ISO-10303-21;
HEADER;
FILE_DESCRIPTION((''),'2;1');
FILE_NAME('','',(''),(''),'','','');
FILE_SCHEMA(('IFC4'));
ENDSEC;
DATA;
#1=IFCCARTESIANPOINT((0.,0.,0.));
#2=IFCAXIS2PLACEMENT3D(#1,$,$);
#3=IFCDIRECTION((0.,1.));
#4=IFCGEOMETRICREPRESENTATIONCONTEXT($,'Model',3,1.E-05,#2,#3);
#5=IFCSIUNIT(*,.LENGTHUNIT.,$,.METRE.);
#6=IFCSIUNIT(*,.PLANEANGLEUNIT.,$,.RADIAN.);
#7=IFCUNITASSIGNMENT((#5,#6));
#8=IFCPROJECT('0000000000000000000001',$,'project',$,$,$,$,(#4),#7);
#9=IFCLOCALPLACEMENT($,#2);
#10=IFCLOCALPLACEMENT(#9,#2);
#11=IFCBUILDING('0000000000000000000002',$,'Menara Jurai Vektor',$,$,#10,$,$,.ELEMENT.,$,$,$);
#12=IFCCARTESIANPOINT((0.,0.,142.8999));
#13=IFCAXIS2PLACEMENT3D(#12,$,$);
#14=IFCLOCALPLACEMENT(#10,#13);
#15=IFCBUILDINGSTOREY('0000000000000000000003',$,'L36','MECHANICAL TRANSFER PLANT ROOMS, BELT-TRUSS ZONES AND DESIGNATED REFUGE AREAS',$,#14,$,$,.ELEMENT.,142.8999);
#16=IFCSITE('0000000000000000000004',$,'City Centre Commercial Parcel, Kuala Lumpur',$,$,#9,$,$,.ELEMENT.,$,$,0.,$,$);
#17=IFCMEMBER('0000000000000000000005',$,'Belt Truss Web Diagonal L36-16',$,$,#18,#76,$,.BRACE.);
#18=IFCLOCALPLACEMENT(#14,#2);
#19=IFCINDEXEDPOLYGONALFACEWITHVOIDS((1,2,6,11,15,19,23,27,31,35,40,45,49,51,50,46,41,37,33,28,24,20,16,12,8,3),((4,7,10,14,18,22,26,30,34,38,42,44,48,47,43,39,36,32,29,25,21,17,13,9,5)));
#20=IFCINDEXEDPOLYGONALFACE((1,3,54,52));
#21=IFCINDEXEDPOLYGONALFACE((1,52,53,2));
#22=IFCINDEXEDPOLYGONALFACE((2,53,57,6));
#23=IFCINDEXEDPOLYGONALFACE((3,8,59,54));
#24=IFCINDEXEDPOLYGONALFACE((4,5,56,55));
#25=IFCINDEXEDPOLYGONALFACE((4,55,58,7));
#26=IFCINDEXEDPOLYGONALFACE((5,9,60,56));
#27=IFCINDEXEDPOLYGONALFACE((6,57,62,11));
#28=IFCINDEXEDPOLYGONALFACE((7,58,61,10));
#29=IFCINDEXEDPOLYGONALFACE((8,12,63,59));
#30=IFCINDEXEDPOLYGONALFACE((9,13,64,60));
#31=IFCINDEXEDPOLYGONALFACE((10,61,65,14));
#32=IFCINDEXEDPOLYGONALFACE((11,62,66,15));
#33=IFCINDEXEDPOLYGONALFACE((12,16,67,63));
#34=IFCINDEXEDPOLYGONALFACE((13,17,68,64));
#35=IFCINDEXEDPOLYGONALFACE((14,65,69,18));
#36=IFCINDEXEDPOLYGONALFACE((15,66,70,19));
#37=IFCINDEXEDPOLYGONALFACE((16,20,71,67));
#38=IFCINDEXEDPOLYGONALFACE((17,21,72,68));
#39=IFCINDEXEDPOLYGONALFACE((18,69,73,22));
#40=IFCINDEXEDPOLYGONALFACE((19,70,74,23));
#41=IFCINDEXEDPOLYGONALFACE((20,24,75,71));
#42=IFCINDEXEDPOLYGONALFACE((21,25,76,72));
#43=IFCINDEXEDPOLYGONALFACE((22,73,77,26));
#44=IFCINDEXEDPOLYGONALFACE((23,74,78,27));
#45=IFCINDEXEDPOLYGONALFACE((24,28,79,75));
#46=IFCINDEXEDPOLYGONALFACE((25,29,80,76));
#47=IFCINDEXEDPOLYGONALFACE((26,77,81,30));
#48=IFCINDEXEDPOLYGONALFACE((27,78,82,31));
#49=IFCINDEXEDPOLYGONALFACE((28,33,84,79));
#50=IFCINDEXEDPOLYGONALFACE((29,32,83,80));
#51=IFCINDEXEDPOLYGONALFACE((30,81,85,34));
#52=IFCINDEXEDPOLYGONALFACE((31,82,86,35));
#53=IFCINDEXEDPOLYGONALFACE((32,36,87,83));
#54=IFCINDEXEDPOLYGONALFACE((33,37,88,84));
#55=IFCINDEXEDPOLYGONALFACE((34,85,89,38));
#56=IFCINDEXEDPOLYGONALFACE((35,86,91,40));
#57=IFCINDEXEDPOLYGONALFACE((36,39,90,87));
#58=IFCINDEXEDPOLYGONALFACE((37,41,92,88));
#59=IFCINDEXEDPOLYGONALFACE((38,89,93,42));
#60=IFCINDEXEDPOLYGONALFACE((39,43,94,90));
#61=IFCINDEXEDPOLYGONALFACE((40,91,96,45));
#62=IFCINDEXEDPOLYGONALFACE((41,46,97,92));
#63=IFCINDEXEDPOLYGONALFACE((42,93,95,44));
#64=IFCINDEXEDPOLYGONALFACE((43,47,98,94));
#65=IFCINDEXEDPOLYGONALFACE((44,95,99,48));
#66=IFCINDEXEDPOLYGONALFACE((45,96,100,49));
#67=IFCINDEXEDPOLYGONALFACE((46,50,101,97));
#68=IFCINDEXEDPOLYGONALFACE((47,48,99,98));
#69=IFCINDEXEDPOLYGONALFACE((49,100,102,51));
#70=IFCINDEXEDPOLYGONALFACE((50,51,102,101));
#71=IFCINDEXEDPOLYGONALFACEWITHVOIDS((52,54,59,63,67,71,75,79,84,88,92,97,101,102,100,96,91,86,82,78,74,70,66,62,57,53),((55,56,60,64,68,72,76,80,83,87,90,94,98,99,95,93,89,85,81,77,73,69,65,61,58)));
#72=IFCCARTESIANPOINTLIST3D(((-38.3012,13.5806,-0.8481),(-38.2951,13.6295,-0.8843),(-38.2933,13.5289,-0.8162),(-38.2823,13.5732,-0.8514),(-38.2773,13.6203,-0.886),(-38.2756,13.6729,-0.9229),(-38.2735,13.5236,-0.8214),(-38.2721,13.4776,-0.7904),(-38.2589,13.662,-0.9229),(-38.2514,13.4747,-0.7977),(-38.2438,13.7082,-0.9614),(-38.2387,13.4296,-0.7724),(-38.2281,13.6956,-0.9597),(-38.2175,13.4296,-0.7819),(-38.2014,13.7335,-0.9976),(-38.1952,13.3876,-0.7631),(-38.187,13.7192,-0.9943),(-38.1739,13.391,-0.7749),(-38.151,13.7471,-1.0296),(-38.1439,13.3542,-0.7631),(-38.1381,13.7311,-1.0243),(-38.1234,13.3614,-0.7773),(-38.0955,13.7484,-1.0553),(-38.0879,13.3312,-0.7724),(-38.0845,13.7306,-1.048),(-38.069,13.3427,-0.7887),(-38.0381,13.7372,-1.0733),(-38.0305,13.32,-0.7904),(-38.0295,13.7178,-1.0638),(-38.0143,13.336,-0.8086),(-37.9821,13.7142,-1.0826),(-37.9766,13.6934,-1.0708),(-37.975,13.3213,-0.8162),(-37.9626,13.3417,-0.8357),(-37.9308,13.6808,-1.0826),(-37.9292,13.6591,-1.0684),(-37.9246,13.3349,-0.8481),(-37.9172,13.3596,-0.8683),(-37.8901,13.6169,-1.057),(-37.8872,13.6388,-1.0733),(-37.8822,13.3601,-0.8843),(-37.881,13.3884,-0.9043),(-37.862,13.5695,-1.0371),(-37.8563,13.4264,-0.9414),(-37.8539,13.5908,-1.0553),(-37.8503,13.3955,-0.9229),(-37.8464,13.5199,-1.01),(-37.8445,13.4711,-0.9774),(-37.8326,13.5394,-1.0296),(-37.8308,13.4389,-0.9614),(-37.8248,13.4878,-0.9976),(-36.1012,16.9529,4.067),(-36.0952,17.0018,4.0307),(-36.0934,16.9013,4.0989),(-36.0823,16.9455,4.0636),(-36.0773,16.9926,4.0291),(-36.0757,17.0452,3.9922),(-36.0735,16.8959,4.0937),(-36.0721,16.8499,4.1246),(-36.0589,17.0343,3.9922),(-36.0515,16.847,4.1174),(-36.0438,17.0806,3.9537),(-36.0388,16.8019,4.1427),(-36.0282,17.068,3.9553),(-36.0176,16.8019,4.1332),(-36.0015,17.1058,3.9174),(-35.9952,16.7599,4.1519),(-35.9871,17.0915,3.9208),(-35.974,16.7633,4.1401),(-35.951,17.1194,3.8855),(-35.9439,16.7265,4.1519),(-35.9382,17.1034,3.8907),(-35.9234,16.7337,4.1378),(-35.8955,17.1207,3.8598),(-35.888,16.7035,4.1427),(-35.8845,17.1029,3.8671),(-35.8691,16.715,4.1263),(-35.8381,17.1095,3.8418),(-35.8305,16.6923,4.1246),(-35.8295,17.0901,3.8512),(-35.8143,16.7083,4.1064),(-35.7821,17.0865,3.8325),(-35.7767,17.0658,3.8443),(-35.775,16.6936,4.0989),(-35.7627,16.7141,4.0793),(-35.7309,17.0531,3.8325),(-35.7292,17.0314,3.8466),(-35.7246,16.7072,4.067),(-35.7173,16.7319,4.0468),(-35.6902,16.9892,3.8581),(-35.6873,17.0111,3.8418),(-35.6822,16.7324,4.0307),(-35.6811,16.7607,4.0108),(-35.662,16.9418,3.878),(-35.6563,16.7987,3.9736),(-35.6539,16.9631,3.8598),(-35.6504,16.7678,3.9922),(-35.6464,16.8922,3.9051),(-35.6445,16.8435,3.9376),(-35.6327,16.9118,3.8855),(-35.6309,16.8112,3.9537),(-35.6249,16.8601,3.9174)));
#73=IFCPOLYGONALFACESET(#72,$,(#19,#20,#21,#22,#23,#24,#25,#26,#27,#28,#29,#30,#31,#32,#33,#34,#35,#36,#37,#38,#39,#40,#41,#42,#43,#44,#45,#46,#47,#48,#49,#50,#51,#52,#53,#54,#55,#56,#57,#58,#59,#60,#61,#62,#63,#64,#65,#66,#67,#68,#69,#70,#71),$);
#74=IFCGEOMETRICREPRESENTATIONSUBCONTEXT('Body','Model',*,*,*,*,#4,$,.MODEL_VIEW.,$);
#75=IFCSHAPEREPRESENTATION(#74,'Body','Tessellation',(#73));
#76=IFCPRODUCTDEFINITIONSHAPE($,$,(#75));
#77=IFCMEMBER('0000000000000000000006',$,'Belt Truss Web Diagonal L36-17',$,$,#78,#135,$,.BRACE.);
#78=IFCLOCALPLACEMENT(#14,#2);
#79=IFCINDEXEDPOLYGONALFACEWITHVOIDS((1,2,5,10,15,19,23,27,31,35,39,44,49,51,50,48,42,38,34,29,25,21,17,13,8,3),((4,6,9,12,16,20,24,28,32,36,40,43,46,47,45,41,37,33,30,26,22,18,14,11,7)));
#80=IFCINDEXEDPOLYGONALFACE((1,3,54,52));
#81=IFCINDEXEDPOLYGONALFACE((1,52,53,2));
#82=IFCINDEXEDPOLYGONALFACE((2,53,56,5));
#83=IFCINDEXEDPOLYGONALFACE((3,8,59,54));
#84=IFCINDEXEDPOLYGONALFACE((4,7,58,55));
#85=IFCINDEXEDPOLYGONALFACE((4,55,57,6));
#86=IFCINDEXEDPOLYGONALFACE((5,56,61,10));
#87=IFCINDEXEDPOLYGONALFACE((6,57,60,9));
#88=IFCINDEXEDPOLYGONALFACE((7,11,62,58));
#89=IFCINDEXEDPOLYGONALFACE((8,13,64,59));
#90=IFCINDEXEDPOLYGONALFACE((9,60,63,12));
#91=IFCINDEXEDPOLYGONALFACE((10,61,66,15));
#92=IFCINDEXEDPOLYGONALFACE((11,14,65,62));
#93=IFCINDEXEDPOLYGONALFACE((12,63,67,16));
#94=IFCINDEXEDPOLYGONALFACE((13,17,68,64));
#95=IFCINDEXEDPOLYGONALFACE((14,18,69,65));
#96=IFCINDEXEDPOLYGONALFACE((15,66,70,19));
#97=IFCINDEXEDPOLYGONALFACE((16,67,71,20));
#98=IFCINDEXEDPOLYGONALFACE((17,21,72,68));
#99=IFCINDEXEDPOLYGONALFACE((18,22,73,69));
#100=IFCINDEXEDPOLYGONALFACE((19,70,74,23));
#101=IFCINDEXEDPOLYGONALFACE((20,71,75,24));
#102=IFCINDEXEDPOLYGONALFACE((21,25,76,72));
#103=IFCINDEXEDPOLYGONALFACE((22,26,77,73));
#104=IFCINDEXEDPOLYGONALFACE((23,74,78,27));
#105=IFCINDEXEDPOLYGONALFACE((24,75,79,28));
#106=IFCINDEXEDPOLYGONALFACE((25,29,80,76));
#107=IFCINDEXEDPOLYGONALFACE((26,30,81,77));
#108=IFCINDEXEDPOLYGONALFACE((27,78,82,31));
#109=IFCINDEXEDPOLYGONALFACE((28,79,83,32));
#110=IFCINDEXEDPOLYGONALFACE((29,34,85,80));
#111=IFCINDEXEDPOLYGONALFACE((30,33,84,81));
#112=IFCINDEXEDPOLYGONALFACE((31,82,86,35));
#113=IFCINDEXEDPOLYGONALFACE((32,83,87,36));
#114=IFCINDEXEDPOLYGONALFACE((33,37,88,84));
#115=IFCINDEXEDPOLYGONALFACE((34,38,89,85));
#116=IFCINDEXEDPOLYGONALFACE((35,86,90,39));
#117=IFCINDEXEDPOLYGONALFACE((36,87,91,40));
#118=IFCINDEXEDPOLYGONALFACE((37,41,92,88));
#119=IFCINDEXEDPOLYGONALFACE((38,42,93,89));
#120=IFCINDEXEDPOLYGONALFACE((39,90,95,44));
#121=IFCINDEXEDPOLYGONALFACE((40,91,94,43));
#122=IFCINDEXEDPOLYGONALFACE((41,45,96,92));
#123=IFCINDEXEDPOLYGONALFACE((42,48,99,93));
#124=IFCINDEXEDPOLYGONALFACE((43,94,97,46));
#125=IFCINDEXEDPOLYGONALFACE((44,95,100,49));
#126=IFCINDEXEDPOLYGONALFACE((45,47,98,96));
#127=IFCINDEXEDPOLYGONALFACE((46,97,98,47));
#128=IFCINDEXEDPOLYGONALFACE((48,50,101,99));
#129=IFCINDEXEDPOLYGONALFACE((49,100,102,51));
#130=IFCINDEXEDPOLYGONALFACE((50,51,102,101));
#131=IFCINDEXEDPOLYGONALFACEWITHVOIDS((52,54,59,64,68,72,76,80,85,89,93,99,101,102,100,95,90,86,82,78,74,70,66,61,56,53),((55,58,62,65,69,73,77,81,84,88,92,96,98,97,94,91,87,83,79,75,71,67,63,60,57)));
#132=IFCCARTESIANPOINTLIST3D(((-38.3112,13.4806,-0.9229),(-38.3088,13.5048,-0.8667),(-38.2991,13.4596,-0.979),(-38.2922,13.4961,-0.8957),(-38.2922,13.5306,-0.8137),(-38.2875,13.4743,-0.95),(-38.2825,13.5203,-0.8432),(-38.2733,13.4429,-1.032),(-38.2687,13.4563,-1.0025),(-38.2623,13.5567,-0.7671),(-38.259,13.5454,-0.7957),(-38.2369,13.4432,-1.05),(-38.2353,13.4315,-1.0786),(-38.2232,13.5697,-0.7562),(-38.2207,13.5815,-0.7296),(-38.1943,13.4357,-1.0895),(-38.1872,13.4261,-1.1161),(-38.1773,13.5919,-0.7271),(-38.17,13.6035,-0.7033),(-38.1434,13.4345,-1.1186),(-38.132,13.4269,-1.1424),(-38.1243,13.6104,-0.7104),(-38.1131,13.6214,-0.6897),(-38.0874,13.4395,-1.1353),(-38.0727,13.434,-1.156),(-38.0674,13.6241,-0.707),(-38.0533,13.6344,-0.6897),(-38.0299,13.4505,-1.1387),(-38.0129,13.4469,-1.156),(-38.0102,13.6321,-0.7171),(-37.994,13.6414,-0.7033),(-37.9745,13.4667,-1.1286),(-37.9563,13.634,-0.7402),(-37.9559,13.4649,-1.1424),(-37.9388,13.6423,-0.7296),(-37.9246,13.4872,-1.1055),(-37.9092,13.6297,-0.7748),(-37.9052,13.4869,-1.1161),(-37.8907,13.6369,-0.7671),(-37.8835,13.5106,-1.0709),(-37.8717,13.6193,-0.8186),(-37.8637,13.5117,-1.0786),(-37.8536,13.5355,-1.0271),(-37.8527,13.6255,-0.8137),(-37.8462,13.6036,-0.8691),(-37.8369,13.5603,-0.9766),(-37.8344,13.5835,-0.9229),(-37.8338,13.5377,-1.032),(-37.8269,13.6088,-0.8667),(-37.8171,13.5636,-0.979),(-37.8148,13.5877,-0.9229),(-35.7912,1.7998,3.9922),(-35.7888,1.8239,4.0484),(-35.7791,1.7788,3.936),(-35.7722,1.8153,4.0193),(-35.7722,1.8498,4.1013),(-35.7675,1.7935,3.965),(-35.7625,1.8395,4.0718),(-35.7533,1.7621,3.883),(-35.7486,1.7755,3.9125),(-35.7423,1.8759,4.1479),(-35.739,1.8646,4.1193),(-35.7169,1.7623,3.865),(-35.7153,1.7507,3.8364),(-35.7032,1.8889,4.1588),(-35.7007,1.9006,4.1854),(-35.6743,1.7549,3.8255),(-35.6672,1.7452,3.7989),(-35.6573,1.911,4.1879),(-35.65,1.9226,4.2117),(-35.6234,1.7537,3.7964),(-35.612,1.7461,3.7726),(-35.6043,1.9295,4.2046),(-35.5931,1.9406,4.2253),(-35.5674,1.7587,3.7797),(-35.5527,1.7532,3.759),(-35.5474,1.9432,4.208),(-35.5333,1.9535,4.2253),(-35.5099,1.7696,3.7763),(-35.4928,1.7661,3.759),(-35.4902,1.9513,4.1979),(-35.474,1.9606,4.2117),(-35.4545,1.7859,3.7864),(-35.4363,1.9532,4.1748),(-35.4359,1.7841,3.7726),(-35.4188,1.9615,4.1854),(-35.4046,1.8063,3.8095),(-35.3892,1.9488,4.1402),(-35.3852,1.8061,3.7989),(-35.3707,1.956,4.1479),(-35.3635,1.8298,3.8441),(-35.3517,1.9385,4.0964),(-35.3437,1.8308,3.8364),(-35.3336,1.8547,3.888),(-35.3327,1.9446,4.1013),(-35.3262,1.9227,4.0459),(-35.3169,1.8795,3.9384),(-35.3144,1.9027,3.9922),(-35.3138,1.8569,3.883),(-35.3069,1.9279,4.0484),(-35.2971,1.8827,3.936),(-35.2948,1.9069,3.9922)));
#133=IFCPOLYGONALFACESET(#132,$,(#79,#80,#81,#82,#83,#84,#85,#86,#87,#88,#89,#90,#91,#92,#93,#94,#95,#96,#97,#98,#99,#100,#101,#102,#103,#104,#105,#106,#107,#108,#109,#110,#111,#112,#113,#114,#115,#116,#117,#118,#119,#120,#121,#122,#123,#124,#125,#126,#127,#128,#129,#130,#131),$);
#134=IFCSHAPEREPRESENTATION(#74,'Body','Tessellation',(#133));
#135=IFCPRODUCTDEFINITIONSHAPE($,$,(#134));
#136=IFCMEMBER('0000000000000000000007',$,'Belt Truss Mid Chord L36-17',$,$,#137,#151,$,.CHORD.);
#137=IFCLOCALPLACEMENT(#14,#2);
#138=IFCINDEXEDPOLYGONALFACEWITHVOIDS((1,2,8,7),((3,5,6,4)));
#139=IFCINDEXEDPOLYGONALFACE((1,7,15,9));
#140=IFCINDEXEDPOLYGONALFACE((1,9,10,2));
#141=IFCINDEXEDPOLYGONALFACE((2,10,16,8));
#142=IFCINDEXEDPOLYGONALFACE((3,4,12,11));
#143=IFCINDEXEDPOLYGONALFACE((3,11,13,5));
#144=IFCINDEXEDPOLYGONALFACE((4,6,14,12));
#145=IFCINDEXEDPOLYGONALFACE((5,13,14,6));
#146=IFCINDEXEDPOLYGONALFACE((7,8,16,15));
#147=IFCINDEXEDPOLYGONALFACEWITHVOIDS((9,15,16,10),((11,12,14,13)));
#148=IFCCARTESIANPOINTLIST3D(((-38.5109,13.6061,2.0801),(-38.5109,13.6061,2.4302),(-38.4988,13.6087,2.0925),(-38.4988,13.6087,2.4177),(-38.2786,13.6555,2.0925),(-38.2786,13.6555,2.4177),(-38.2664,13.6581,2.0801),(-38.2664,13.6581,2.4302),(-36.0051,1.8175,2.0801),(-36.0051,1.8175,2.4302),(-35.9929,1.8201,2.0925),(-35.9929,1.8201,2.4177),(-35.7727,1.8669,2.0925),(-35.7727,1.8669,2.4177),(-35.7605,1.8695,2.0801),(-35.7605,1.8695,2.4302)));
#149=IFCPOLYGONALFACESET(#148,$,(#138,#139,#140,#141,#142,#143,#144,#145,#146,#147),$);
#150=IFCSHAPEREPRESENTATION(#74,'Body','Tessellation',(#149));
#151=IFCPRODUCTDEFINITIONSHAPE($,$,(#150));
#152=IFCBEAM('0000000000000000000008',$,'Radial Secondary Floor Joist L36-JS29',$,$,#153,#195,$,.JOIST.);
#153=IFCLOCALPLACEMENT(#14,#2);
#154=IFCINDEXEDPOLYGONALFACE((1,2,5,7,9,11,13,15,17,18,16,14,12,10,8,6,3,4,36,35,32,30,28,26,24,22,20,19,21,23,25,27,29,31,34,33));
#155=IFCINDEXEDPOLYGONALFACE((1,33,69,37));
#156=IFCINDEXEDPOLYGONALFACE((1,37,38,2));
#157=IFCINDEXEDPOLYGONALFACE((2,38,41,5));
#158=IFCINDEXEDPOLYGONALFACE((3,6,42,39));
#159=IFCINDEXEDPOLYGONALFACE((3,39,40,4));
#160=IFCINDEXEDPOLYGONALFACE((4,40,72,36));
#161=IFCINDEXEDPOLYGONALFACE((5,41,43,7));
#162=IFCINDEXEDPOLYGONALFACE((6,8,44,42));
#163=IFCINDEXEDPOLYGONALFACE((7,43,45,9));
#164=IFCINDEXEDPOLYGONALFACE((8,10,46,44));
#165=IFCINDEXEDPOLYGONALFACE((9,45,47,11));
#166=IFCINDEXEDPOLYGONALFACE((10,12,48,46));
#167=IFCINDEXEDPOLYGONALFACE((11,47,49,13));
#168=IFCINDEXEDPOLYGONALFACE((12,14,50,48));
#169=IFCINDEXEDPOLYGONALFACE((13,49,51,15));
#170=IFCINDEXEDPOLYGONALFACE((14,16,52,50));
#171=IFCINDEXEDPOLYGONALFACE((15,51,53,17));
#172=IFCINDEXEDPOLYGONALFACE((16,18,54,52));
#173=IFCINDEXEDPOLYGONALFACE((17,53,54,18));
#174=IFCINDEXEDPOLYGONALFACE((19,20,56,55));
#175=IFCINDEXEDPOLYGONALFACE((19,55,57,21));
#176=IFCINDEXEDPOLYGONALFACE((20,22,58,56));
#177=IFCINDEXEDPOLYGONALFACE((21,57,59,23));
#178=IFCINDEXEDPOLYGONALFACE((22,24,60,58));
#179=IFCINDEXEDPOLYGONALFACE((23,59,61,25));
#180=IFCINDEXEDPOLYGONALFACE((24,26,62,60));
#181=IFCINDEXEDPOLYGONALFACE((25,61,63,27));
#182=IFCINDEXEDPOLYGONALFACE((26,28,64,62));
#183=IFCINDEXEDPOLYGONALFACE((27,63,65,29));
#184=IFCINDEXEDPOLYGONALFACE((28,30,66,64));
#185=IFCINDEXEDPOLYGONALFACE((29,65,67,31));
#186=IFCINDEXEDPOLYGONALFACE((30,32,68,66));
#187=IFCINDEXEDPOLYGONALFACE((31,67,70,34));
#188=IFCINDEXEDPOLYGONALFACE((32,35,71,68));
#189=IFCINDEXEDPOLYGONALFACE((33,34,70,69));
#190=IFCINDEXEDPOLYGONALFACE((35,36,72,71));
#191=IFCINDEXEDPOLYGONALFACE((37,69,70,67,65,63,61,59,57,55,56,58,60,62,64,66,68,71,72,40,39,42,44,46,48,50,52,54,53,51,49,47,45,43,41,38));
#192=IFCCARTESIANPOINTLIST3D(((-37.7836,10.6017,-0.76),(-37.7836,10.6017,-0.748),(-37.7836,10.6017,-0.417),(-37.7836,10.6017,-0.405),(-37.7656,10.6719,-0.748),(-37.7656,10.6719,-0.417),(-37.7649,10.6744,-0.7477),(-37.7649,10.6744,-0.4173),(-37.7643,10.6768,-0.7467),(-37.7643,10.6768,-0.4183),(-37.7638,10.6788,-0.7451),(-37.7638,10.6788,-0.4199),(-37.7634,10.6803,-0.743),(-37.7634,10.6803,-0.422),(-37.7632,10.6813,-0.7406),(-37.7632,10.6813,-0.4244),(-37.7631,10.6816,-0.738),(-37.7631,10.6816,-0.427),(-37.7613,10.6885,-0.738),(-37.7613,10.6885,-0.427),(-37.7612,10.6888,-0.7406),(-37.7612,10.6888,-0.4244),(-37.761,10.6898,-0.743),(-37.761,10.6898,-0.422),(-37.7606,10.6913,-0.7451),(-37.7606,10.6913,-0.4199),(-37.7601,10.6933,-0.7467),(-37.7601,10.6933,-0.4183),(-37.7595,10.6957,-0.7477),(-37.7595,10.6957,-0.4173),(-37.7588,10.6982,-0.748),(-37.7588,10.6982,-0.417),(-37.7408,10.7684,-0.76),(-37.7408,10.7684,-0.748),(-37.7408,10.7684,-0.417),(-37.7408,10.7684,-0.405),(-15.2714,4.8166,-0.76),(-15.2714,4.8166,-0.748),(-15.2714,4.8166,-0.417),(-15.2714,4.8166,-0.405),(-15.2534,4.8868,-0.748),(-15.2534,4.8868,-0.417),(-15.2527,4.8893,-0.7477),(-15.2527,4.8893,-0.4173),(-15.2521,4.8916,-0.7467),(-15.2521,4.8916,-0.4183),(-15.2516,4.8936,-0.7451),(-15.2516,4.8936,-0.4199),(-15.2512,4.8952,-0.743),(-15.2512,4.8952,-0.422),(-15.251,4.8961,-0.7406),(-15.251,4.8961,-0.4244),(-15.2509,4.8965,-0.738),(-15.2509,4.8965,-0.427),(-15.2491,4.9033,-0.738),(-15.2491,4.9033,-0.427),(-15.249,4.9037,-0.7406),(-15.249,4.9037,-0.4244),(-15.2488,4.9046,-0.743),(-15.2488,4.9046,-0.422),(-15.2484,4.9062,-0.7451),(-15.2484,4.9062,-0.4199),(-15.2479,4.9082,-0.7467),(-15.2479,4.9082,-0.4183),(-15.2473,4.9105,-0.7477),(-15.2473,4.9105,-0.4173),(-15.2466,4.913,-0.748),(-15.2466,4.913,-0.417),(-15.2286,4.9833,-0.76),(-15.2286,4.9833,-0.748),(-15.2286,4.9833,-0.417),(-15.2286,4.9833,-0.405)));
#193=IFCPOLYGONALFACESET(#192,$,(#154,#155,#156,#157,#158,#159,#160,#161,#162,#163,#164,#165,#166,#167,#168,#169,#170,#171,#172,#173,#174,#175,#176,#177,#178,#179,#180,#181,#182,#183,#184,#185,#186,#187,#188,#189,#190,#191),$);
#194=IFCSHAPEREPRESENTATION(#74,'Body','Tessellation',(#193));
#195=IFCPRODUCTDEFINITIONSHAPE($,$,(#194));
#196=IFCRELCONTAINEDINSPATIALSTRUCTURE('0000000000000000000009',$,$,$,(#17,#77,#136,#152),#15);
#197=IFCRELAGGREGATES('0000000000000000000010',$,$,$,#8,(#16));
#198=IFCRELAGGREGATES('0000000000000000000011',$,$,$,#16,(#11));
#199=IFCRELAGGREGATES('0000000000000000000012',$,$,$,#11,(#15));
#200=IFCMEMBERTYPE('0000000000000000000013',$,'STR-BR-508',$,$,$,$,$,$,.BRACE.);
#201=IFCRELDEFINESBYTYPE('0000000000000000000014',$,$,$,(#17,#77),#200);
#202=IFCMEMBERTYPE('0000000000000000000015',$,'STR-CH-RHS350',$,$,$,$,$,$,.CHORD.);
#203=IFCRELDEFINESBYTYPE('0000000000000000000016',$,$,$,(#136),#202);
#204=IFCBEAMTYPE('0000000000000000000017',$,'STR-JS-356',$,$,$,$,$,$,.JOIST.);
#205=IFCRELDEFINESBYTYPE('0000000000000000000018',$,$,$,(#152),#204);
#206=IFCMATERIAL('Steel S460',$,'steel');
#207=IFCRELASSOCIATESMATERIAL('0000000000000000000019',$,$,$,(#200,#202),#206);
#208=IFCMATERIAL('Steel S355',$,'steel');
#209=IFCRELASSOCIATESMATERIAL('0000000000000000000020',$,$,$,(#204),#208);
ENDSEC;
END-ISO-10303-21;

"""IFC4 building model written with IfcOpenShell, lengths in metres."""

from ifc_helpers import new_model, si_unit, direction, frame, origin, origin_2d, place, context, subcontext, project, spatial, hollow_rectangle, hollow_circle, i_section, extrude, material, material_profile, profile_set, type_object, element, save


model = new_model("IFC4")

# Units and contexts
model_context = context("Model", 3, precision=1e-05, world=origin(), true_north=direction((0.0, 1.0)))
body_context = subcontext(model_context, "Body", "Model", "MODEL_VIEW")
ifc_project = project(units=[si_unit("LENGTHUNIT", "METRE"), si_unit("PLANEANGLEUNIT", "RADIAN")], contexts=[model_context])

# Site, building, storey
site_placement = place(None, origin())
site = spatial("IfcSite", under=ifc_project, at=site_placement, Name="City Centre Commercial Parcel, Kuala Lumpur", CompositionType="ELEMENT", RefElevation=0.0)
building_placement = place(site_placement, origin())
building = spatial("IfcBuilding", under=site, at=building_placement, Name="Menara Jurai Vektor", CompositionType="ELEMENT")
storey_placement = place(building_placement, frame((0.0, 0.0, 142.8999)))
storey = spatial("IfcBuildingStorey", under=building, at=storey_placement, Name="L36", Description="MECHANICAL TRANSFER PLANT ROOMS, BELT-TRUSS ZONES AND DESIGNATED REFUGE AREAS", CompositionType="ELEMENT", Elevation=142.8999)

# Shared definitions
ifc_material_1 = material(Name="Steel S460", Category="steel")

# Members
ifc_material_profile_1 = material_profile(ifc_material_1, hollow_circle(Radius=0.2539, WallThickness=0.02, at=origin_2d()), Name="CHS 508x20")
ifc_profile_set_1 = profile_set([ifc_material_profile_1], Name="Steel S460")
member_type_1 = type_object("IfcMemberType", Name="STR-BR-508", PredefinedType="BRACE", material=ifc_profile_set_1)
member_1_placement = place(storey_placement, frame((-38.063, 13.5342, -0.9229), z_axis=(0.346246, 0.530761, 0.773567), x_axis=(-0.837541, 0.546375, 0.0)))
element("IfcMember", 1, at=member_1_placement, inside=storey, type_object=member_type_1, Name="Belt Truss Web Diagonal L36-16", PredefinedType="BRACE", context=body_context, shape_type="SweptSolid", body=[
    extrude(hollow_circle(Radius=0.2539, WallThickness=0.02, at=origin_2d()), origin(), (0.0, 0.0, 1.0), 6.3538),
])
member_2_placement = place(storey_placement, frame((-38.063, 13.5342, -0.9229), z_axis=(0.195033, -0.904026, 0.380392), x_axis=(0.977511, 0.210886, 0.0)))
element("IfcMember", 2, at=member_2_placement, inside=storey, type_object=member_type_1, Name="Belt Truss Web Diagonal L36-17", PredefinedType="BRACE", context=body_context, shape_type="SweptSolid", body=[
    extrude(hollow_circle(Radius=0.2539, WallThickness=0.02, at=origin_2d()), origin(), (0.0, 0.0, 1.0), 12.9209),
])
ifc_material_profile_2 = material_profile(ifc_material_1, hollow_rectangle(XDim=0.25, YDim=0.3501, WallThickness=0.0125, at=origin_2d()), Name="RHS 350x250x12.5")
ifc_profile_set_2 = profile_set([ifc_material_profile_2], Name="Steel S460")
member_type_2 = type_object("IfcMemberType", Name="STR-CH-RHS350", PredefinedType="CHORD", material=ifc_profile_set_2)
member_3_placement = place(storey_placement, frame((-38.3887, 13.6321, 2.2551), z_axis=(0.207921, -0.978146, 0.0), x_axis=(0.978146, 0.207921, 0.0)))
element("IfcMember", 3, at=member_3_placement, inside=storey, type_object=member_type_2, Name="Belt Truss Mid Chord L36-17", PredefinedType="CHORD", context=body_context, shape_type="SweptSolid", body=[
    extrude(hollow_rectangle(XDim=0.25, YDim=0.3501, WallThickness=0.0125, at=origin_2d()), origin(), (0.0, 0.0, 1.0), 12.052),
])

# Beam
ifc_material_2 = material(Name="Steel S355", Category="steel")
ifc_material_profile_3 = material_profile(ifc_material_2, i_section(OverallWidth=0.1721, OverallDepth=0.355, WebThickness=0.0071, FlangeThickness=0.012, FilletRadius=0.01, at=origin_2d()), Name="UKB 356x171x51")
ifc_profile_set_3 = profile_set([ifc_material_profile_3], Name="Steel S355")
beam_type_1 = type_object("IfcBeamType", Name="STR-JS-356", PredefinedType="JOIST", material=ifc_profile_set_3)
beam_1_placement = place(storey_placement, frame((-37.7622, 10.6851, -0.5825), z_axis=(0.968531, -0.248892, 0.0), x_axis=(0.248892, 0.968531, 0.0)))
element("IfcBeam", 4, at=beam_1_placement, inside=storey, type_object=beam_type_1, Name="Radial Secondary Floor Joist L36-JS29", PredefinedType="JOIST", context=body_context, shape_type="SweptSolid", body=[
    extrude(i_section(OverallWidth=0.1721, OverallDepth=0.355, WebThickness=0.0071, FlangeThickness=0.012, FilletRadius=0.01, at=origin_2d()), origin(), (0.0, 0.0, 1.0), 23.2437),
])

save(model, "model.ifc")
